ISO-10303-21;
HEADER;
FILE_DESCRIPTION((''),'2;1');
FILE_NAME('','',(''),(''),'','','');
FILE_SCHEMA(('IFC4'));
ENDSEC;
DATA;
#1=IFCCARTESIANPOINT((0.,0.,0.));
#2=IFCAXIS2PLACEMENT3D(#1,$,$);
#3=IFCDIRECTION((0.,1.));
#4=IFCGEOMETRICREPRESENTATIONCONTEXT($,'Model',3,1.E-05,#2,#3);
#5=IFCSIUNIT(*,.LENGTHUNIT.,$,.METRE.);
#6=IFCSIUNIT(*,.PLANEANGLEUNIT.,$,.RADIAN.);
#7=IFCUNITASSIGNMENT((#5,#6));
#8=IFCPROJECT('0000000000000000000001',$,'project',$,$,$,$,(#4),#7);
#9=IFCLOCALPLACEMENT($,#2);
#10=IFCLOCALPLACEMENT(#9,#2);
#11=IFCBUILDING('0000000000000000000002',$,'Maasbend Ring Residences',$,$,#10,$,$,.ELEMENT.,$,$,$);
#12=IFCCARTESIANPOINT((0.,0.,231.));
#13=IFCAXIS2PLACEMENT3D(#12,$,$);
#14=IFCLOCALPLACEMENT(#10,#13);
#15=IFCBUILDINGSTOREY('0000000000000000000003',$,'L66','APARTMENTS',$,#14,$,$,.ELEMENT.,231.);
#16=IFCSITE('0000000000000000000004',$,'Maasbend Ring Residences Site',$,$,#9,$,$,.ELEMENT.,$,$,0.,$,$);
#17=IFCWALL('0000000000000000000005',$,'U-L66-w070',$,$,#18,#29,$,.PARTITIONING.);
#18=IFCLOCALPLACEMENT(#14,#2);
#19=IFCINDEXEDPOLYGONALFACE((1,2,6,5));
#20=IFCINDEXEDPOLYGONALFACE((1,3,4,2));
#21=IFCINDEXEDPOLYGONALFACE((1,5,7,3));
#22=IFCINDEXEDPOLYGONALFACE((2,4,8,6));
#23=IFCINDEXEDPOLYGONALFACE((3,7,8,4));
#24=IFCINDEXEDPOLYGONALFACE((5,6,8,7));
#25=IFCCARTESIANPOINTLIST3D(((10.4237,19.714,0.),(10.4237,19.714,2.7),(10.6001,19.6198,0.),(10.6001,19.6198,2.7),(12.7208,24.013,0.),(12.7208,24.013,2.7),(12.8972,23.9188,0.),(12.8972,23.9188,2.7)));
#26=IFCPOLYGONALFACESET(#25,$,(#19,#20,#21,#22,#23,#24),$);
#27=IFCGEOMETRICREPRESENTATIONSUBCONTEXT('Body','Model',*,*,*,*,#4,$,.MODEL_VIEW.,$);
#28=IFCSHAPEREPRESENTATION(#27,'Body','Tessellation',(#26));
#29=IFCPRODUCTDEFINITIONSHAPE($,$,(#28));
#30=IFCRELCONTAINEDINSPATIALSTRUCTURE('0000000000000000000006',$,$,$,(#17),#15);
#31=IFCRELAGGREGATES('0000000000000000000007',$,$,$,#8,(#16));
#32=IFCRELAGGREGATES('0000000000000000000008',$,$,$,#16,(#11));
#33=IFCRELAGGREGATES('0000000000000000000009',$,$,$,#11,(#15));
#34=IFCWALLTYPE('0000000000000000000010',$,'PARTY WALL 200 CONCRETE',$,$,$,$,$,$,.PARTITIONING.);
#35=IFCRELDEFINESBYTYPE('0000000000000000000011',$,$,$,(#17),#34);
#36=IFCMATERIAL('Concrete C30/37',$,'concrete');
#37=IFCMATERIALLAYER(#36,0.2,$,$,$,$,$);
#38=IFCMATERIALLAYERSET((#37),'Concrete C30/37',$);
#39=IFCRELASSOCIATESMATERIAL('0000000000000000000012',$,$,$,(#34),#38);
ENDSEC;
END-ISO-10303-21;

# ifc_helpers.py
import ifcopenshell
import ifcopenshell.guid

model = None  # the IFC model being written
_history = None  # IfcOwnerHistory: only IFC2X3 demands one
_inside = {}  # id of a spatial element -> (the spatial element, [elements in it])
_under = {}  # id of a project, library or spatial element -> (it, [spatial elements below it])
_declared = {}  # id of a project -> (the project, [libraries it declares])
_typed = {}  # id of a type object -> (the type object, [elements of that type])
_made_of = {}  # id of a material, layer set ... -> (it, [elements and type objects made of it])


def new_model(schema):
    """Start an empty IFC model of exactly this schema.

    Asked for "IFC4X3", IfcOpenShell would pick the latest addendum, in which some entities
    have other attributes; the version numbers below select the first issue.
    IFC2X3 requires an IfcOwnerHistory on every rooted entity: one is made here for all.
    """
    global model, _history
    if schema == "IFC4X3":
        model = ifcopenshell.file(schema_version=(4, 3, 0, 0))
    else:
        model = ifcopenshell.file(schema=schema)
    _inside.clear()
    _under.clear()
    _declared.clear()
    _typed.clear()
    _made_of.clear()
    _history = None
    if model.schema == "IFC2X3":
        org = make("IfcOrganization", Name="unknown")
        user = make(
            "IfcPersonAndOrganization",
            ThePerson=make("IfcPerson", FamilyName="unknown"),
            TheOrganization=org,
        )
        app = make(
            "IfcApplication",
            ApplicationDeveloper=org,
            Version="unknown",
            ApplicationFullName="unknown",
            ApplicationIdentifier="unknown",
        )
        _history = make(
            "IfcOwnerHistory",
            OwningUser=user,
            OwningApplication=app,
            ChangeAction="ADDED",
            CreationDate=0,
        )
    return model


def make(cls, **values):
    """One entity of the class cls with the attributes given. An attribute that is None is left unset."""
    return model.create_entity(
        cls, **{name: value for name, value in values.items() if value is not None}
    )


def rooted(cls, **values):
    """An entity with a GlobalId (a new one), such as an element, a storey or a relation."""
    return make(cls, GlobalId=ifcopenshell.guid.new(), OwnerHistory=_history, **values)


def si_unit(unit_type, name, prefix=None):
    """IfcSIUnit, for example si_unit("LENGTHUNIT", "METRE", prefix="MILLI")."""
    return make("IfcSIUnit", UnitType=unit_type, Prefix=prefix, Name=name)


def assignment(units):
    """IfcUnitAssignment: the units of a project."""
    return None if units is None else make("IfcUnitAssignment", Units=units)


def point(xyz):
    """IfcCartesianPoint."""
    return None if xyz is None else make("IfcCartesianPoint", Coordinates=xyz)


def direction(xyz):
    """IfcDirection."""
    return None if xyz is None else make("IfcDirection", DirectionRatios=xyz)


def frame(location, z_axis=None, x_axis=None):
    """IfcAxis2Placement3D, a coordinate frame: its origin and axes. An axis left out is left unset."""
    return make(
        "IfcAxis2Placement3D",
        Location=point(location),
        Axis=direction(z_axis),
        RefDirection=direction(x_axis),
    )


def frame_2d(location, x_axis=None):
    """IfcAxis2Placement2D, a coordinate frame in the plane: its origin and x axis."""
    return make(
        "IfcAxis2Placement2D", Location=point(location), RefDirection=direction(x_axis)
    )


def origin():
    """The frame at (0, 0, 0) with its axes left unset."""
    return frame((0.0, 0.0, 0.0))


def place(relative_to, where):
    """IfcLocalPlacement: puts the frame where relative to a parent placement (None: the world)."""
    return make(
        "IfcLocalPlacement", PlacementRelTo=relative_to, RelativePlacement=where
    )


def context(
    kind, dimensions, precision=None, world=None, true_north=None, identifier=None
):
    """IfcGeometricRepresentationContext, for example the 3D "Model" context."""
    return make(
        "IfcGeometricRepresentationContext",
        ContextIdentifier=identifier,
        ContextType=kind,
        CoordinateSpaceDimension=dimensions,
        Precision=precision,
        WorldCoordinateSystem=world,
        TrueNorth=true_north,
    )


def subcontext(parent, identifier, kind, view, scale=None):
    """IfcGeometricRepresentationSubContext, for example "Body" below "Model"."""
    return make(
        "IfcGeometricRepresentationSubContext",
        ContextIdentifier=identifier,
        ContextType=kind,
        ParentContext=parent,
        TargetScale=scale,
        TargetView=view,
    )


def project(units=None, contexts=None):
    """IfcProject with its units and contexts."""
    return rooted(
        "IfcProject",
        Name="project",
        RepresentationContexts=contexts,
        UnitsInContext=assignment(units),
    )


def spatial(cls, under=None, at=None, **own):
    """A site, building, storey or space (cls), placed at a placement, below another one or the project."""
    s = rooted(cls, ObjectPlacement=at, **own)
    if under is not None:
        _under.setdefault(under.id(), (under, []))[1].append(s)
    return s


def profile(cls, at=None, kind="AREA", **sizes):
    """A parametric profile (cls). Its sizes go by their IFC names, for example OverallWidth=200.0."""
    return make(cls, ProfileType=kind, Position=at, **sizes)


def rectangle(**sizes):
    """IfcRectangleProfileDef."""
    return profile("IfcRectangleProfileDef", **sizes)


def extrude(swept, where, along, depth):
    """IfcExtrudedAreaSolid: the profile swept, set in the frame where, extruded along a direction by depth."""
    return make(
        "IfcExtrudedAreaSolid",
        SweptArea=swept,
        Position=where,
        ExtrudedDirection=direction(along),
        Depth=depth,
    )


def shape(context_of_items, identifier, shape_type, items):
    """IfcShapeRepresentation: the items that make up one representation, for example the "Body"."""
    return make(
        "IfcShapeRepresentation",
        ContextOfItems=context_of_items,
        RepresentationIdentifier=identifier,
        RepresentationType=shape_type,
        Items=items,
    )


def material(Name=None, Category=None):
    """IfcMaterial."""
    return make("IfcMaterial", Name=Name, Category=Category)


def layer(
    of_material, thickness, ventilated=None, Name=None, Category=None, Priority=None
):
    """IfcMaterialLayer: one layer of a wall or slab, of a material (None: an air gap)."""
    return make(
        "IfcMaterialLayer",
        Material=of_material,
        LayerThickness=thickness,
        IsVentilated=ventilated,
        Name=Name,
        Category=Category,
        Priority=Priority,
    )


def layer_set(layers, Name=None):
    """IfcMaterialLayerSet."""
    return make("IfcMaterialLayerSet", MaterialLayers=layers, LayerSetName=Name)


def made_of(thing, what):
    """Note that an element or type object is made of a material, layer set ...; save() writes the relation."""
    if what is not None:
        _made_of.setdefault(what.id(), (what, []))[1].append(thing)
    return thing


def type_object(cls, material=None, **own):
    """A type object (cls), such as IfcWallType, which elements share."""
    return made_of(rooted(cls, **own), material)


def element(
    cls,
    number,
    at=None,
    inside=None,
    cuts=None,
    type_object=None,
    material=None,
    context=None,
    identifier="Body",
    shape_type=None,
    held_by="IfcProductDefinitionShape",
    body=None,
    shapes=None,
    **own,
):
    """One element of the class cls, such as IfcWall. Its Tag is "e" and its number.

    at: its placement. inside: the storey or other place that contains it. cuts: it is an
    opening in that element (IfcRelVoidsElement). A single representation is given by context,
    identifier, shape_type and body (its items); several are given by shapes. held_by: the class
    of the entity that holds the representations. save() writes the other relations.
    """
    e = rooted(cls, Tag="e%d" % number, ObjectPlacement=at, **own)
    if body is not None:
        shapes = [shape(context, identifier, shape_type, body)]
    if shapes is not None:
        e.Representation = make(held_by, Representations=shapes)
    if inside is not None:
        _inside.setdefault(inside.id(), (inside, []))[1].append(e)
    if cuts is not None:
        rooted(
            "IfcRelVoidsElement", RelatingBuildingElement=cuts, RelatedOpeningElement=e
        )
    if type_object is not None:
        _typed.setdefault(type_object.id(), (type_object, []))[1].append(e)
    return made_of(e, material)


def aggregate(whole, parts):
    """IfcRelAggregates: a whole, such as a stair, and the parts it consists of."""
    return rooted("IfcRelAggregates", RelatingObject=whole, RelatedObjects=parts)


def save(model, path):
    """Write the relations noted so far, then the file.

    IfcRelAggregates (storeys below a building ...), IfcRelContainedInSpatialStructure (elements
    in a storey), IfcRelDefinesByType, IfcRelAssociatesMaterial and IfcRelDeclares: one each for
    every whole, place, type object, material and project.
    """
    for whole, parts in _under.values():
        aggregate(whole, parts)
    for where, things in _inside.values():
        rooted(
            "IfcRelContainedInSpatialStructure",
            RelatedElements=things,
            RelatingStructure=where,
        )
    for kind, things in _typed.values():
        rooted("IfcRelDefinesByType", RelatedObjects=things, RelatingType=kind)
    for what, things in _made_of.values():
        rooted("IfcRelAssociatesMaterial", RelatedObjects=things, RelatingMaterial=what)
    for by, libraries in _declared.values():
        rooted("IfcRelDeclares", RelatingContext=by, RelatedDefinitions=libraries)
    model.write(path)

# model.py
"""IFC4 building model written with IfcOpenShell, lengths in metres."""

from ifc_helpers import new_model, si_unit, direction, frame, frame_2d, origin, place, context, subcontext, project, spatial, rectangle, extrude, material, layer, layer_set, type_object, element, save


model = new_model("IFC4")

# Units and contexts
model_context = context("Model", 3, precision=1e-05, world=origin(), true_north=direction((0.0, 1.0)))
body_context = subcontext(model_context, "Body", "Model", "MODEL_VIEW")
ifc_project = project(units=[si_unit("LENGTHUNIT", "METRE"), si_unit("PLANEANGLEUNIT", "RADIAN")], contexts=[model_context])

# Site, building, storey
site_placement = place(None, origin())
site = spatial("IfcSite", under=ifc_project, at=site_placement, Name="Maasbend Ring Residences Site", CompositionType="ELEMENT", RefElevation=0.0)
building_placement = place(site_placement, origin())
building = spatial("IfcBuilding", under=site, at=building_placement, Name="Maasbend Ring Residences", CompositionType="ELEMENT")
storey_placement = place(building_placement, frame((0.0, 0.0, 231.0)))
storey = spatial("IfcBuildingStorey", under=building, at=storey_placement, Name="L66", Description="APARTMENTS", CompositionType="ELEMENT", Elevation=231.0)

# Wall
ifc_material_1 = material(Name="Concrete C30/37", Category="concrete")
ifc_layer_1 = layer(ifc_material_1, 0.2)
ifc_layer_set_1 = layer_set([ifc_layer_1], Name="Concrete C30/37")
wall_type_1 = type_object("IfcWallType", Name="PARTY WALL 200 CONCRETE", PredefinedType="PARTITIONING", material=ifc_layer_set_1)
wall_1_placement = place(storey_placement, frame((10.512, 19.667, 0.0), z_axis=(0.0, 0.0, 1.0), x_axis=(0.471272, 0.881988, 0.0)))
element("IfcWall", 1, at=wall_1_placement, inside=storey, type_object=wall_type_1, Name="U-L66-w070", PredefinedType="PARTITIONING", context=body_context, shape_type="SweptSolid", body=[
    extrude(rectangle(XDim=4.8743, YDim=0.2, at=frame_2d((2.437, 0.0))), origin(), (0.0, 0.0, 1.0), 2.7),
])

save(model, "model.ifc")
